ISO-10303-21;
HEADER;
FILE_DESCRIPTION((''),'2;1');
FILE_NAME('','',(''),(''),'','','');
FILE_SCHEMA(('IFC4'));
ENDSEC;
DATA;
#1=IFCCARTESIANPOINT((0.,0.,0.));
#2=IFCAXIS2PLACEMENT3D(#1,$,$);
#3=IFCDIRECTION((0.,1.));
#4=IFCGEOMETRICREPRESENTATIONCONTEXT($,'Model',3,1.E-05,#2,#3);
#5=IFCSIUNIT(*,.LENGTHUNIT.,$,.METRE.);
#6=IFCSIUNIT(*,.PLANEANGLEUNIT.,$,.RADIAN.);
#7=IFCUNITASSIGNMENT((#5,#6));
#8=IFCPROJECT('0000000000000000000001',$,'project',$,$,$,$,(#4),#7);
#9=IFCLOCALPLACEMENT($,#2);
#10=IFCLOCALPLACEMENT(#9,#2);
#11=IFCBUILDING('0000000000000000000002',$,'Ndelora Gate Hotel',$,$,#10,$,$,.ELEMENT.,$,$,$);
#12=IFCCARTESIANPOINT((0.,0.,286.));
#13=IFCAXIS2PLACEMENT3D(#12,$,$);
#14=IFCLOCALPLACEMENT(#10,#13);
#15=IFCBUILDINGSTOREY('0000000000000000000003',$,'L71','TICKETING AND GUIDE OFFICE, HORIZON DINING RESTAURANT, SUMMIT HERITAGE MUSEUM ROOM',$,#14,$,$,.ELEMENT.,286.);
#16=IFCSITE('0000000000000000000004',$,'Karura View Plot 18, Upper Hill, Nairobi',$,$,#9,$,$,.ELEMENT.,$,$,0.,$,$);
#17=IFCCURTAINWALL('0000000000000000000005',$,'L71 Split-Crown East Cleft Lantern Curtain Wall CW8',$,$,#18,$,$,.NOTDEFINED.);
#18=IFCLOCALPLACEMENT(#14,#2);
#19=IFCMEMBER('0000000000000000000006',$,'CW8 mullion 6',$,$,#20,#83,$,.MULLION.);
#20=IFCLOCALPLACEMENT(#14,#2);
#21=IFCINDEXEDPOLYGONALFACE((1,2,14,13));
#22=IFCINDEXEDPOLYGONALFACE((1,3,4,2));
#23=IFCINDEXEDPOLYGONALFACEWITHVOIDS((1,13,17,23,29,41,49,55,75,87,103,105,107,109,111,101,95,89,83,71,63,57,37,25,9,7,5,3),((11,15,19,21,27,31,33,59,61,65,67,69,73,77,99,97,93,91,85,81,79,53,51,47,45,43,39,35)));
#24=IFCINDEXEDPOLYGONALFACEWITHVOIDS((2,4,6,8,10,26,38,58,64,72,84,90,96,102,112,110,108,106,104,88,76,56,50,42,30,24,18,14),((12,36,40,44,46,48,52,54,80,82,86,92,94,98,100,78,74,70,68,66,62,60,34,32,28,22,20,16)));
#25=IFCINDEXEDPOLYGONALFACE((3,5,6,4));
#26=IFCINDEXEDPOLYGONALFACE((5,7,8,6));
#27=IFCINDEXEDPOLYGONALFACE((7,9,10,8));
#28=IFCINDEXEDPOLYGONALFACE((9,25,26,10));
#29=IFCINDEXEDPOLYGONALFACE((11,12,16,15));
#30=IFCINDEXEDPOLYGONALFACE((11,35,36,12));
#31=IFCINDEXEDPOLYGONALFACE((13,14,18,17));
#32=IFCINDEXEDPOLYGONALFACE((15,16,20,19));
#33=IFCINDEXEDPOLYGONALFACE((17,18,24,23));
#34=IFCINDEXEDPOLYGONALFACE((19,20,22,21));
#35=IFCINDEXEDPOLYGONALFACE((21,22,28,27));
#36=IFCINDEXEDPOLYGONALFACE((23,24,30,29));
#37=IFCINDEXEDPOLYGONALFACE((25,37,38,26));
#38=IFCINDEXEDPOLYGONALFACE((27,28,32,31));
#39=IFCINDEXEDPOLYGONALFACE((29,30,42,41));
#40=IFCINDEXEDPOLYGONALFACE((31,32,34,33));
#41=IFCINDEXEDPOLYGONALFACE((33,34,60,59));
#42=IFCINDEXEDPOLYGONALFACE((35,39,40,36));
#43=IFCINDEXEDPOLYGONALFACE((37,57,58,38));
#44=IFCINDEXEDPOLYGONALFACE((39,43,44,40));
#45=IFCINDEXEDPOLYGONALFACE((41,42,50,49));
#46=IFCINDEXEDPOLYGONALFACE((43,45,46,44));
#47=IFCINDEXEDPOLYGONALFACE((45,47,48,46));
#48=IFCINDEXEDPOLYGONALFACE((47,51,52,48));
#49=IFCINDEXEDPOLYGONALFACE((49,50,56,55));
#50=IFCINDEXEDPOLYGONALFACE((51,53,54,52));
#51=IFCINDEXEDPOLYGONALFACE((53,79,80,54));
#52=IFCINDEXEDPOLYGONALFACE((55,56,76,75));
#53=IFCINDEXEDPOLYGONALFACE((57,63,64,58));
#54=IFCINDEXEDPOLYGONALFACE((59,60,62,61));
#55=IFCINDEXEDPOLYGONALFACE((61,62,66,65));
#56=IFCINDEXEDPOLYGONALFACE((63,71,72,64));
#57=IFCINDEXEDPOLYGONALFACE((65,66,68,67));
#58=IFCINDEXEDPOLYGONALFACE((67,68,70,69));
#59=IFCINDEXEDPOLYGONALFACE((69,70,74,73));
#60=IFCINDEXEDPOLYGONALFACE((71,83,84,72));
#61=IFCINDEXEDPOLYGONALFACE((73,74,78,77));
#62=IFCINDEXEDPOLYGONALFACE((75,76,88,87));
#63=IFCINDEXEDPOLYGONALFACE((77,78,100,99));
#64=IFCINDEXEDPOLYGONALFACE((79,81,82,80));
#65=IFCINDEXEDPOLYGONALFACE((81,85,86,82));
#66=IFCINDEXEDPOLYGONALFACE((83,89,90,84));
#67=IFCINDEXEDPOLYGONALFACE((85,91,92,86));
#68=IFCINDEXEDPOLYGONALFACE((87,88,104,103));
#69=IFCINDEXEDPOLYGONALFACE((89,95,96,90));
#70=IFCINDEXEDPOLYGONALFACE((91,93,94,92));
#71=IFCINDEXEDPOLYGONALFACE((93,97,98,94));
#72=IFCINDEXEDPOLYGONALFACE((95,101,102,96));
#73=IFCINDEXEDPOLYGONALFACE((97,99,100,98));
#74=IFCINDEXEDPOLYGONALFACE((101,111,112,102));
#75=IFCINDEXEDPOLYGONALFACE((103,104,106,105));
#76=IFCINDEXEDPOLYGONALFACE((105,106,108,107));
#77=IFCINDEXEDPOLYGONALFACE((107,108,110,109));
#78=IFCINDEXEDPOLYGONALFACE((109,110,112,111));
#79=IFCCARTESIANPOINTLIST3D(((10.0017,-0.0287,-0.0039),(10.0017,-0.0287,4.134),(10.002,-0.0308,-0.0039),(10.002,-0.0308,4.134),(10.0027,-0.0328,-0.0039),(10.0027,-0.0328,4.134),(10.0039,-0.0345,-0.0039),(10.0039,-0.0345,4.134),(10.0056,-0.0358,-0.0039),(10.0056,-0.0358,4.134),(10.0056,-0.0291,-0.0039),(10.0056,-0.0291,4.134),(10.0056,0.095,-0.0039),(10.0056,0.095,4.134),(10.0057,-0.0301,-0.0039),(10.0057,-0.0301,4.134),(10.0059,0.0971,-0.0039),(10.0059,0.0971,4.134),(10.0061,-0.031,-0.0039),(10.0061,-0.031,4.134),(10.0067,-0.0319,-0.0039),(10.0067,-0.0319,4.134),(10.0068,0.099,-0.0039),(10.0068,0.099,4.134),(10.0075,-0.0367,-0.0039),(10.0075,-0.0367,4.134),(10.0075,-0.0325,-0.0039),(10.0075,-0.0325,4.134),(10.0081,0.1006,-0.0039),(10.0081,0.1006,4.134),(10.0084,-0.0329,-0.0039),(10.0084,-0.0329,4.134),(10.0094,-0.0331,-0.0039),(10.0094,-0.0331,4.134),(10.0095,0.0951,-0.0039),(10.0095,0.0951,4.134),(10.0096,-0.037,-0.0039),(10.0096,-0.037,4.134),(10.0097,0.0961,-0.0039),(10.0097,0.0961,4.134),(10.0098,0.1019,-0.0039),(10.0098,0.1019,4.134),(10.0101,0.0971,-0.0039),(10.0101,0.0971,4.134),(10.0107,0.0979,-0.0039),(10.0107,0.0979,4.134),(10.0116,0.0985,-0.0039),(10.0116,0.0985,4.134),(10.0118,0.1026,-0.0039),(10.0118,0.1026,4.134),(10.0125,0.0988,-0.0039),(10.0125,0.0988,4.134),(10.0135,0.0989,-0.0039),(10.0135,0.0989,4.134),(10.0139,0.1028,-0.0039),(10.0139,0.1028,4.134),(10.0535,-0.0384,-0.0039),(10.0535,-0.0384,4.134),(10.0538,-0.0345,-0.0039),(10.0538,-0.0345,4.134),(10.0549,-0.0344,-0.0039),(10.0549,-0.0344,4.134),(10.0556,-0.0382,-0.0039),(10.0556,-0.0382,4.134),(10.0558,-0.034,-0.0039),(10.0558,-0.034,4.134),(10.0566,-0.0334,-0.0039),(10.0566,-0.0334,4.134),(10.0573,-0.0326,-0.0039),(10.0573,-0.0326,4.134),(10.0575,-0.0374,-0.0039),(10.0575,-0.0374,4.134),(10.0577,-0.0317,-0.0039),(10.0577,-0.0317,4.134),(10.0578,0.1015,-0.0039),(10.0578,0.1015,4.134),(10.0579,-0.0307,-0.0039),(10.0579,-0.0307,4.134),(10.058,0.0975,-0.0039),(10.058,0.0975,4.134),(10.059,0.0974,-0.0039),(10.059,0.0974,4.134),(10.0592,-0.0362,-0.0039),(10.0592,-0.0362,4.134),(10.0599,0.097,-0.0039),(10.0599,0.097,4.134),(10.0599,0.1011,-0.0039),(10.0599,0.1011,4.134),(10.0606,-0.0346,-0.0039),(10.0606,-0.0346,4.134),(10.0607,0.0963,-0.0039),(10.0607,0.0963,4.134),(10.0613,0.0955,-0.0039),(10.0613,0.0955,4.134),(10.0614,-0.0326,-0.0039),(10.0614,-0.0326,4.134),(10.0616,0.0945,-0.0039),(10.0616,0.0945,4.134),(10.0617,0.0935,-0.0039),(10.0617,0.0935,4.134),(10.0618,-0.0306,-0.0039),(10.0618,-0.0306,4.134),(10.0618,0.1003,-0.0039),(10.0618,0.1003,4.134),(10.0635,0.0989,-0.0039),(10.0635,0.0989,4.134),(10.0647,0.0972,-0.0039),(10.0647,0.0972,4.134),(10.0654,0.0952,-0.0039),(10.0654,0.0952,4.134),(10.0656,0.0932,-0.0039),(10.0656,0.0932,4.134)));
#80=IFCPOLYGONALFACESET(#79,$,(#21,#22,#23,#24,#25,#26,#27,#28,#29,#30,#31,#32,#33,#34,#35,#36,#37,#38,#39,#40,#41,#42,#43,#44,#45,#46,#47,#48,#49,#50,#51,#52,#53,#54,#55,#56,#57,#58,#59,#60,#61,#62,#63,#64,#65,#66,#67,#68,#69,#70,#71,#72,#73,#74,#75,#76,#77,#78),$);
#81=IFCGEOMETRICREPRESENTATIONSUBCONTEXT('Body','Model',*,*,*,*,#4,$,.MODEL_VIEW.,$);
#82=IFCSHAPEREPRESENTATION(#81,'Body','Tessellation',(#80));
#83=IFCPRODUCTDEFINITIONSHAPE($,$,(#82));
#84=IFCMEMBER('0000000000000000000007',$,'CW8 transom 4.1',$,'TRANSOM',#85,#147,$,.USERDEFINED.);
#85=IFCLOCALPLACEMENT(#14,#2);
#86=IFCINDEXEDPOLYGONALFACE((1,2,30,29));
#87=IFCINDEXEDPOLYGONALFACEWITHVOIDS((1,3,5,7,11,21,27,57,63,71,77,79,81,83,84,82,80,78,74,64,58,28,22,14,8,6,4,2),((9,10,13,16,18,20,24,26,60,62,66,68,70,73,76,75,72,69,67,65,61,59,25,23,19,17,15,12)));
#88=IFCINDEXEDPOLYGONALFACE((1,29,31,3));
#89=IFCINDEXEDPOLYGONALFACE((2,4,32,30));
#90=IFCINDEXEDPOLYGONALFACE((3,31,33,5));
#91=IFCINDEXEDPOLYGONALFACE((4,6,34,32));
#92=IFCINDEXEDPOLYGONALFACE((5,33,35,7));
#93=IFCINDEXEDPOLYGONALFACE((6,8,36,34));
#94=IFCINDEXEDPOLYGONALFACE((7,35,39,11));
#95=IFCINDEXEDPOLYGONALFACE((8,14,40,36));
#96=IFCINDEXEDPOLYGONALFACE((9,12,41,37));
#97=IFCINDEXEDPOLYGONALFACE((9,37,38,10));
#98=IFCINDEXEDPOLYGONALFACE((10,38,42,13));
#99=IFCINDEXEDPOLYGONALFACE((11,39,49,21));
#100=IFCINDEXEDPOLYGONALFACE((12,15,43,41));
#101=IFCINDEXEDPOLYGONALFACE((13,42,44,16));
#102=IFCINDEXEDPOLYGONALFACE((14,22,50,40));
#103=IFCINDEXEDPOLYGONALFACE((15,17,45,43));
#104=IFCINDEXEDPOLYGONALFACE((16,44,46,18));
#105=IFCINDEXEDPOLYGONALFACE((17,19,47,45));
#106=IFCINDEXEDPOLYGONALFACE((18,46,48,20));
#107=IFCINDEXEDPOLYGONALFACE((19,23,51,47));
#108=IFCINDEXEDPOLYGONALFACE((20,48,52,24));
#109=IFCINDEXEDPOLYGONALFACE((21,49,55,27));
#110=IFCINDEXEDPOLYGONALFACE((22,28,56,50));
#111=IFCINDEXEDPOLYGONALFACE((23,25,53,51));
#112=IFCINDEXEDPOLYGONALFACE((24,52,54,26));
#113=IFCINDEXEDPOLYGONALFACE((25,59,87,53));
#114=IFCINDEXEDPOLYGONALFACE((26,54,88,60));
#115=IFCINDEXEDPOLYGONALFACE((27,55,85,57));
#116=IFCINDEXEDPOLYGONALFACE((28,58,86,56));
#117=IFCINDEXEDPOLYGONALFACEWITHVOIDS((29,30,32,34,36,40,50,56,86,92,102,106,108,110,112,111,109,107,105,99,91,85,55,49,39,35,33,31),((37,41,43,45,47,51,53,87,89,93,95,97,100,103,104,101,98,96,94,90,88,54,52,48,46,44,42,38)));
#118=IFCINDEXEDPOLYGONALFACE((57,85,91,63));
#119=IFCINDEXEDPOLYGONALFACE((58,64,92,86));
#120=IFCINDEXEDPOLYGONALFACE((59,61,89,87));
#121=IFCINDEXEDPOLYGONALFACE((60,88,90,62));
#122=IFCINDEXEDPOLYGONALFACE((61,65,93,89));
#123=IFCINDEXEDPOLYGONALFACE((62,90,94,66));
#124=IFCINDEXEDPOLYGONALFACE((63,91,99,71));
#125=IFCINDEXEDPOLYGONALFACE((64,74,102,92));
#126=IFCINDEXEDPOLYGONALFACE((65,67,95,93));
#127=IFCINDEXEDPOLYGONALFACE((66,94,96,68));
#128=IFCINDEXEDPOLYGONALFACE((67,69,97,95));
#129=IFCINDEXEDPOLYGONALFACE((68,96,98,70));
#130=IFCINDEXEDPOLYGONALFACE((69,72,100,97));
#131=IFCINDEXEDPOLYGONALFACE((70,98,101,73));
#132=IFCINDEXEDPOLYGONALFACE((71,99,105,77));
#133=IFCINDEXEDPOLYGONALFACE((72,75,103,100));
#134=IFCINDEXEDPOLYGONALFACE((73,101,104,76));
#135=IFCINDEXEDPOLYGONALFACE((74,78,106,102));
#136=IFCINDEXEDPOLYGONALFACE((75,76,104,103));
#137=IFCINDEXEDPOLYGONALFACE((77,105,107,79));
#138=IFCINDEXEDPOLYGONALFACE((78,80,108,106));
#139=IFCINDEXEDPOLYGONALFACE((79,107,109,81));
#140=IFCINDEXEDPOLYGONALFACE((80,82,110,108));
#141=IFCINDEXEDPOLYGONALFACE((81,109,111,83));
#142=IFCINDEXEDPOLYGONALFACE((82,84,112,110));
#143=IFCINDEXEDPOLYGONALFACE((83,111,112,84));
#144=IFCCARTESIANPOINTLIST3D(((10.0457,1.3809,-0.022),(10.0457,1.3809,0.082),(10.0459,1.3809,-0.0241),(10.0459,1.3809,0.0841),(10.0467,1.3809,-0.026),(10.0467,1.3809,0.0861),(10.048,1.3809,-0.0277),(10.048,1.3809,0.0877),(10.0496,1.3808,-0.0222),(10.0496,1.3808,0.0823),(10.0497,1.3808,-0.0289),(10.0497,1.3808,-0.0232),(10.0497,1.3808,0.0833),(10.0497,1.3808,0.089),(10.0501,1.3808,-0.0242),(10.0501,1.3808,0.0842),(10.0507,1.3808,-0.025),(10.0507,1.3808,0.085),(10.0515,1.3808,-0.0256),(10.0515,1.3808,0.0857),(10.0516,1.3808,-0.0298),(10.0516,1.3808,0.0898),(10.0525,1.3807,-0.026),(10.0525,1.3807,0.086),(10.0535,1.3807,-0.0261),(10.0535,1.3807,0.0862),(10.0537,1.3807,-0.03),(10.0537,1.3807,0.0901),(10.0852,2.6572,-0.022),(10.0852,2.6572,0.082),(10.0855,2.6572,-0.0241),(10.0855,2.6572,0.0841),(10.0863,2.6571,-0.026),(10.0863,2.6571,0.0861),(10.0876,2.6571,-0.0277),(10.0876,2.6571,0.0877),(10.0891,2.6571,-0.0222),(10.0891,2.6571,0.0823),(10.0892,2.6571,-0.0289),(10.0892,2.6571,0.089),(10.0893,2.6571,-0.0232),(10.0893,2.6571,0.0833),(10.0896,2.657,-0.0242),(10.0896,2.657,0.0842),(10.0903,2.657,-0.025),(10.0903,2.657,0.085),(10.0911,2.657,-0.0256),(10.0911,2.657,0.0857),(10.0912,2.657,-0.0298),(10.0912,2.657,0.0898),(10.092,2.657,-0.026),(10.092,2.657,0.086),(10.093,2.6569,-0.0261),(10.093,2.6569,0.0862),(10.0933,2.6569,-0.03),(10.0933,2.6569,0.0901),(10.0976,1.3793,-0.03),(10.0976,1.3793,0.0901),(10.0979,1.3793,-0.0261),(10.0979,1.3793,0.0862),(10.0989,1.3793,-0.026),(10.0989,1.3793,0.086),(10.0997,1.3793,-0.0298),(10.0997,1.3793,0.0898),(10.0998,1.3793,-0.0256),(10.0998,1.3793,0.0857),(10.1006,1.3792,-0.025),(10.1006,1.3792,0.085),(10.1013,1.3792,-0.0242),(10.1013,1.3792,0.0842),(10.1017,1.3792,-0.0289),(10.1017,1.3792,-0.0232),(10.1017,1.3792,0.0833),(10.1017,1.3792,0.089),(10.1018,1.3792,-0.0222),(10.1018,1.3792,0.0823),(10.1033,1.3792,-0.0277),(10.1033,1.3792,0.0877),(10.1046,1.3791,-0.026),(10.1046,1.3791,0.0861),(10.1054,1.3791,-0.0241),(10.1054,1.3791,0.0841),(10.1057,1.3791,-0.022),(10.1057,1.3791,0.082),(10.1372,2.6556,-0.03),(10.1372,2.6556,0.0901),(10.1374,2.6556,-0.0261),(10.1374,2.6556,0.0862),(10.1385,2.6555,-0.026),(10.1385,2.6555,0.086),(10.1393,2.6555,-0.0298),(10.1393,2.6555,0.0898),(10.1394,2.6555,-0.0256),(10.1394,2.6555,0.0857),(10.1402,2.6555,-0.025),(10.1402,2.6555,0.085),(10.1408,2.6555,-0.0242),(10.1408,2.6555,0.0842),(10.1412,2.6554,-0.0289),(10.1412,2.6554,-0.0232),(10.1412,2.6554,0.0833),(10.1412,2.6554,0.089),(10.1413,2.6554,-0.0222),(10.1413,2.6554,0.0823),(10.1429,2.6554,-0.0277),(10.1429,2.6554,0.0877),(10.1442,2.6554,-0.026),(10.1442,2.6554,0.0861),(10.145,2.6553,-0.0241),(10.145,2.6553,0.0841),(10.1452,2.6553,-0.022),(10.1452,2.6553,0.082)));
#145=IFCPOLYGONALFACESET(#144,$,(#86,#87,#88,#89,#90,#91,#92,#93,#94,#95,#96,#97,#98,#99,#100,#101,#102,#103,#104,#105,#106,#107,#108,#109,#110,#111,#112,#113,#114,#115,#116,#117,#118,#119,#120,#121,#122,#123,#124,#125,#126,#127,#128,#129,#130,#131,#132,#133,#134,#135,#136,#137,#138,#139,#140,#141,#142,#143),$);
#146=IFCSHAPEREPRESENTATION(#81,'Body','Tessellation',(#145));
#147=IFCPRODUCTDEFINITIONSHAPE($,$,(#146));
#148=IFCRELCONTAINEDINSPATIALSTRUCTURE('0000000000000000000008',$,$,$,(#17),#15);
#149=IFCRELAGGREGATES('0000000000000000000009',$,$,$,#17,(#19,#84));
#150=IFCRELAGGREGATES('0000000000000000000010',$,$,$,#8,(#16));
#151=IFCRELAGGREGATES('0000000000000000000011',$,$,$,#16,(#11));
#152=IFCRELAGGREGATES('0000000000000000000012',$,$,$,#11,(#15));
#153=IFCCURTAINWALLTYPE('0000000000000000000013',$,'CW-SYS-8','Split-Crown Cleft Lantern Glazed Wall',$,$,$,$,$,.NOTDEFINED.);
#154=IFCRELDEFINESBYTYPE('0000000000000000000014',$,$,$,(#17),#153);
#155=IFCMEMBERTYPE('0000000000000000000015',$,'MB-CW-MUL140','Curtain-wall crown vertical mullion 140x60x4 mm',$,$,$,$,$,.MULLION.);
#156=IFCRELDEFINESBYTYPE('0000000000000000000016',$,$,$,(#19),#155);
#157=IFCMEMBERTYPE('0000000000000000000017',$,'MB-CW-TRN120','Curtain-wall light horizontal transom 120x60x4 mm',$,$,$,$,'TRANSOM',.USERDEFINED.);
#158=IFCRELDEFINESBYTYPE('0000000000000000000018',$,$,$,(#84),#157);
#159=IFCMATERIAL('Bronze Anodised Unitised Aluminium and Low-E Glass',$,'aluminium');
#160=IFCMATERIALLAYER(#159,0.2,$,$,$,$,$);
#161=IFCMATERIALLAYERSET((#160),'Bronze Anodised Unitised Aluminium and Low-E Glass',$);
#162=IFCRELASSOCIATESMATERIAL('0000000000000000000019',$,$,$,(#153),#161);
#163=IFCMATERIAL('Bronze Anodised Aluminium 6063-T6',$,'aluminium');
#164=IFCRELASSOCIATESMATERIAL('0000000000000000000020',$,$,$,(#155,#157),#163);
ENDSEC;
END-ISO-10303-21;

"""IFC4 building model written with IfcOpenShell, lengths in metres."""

from ifc_helpers import new_model, si_unit, direction, frame, origin, origin_2d, place, context, subcontext, project, spatial, hollow_rectangle, extrude, material, layer, layer_set, material_profile, profile_set, type_object, element, aggregate, save


model = new_model("IFC4")

# Units and contexts
model_context = context("Model", 3, precision=1e-05, world=origin(), true_north=direction((0.0, 1.0)))
body_context = subcontext(model_context, "Body", "Model", "MODEL_VIEW")
ifc_project = project(units=[si_unit("LENGTHUNIT", "METRE"), si_unit("PLANEANGLEUNIT", "RADIAN")], contexts=[model_context])

# Site, building, storey
site_placement = place(None, origin())
site = spatial("IfcSite", under=ifc_project, at=site_placement, Name="Karura View Plot 18, Upper Hill, Nairobi", CompositionType="ELEMENT", RefElevation=0.0)
building_placement = place(site_placement, origin())
building = spatial("IfcBuilding", under=site, at=building_placement, Name="Ndelora Gate Hotel", CompositionType="ELEMENT")
storey_placement = place(building_placement, frame((0.0, 0.0, 286.0)))
storey = spatial("IfcBuildingStorey", under=building, at=storey_placement, Name="L71", Description="TICKETING AND GUIDE OFFICE, HORIZON DINING RESTAURANT, SUMMIT HERITAGE MUSEUM ROOM", CompositionType="ELEMENT", Elevation=286.0)

# Curtain wall, members
ifc_material_1 = material(Name="Bronze Anodised Unitised Aluminium and Low-E Glass", Category="aluminium")
ifc_layer_1 = layer(ifc_material_1, 0.2)
ifc_layer_set_1 = layer_set([ifc_layer_1], Name="Bronze Anodised Unitised Aluminium and Low-E Glass")
curtain_wall_type = type_object("IfcCurtainWallType", Name="CW-SYS-8", Description="Split-Crown Cleft Lantern Glazed Wall", PredefinedType="NOTDEFINED", material=ifc_layer_set_1)
curtain_wall_placement = place(storey_placement, origin())
curtain_wall = element("IfcCurtainWall", 1, at=curtain_wall_placement, inside=storey, type_object=curtain_wall_type, Name="L71 Split-Crown East Cleft Lantern Curtain Wall CW8", PredefinedType="NOTDEFINED")
ifc_material_2 = material(Name="Bronze Anodised Aluminium 6063-T6", Category="aluminium")
ifc_material_profile_1 = material_profile(ifc_material_2, hollow_rectangle(XDim=0.0601, YDim=0.1399, WallThickness=0.0039, InnerFilletRadius=0.0039, OuterFilletRadius=0.0081, at=origin_2d()), Name="ALU 140x60x4")
ifc_profile_set_1 = profile_set([ifc_material_profile_1], Name="Bronze Anodised Aluminium 6063-T6")
member_type_1 = type_object("IfcMemberType", Name="MB-CW-MUL140", Description="Curtain-wall crown vertical mullion 140x60x4 mm", PredefinedType="MULLION", material=ifc_profile_set_1)
member_1_placement = place(storey_placement, frame((10.0337, 0.0322, -0.0039), z_axis=(0.0, 0.0, 1.0), x_axis=(0.999515, -0.031131, 0.0)))
member_1 = element("IfcMember", 2, at=member_1_placement, type_object=member_type_1, Name="CW8 mullion 6", PredefinedType="MULLION", context=body_context, shape_type="SweptSolid", body=[
    extrude(hollow_rectangle(XDim=0.0601, YDim=0.1399, WallThickness=0.0039, InnerFilletRadius=0.0039, OuterFilletRadius=0.0081, at=origin_2d()), origin(), (0.0, 0.0, 1.0), 4.1379),
])
ifc_material_profile_2 = material_profile(ifc_material_2, hollow_rectangle(XDim=0.0601, YDim=0.1201, WallThickness=0.0039, InnerFilletRadius=0.0039, OuterFilletRadius=0.0081, at=origin_2d()), Name="ALU 120x60x4")
ifc_profile_set_2 = profile_set([ifc_material_profile_2], Name="Bronze Anodised Aluminium 6063-T6")
member_type_2 = type_object("IfcMemberType", Name="MB-CW-TRN120", Description="Curtain-wall light horizontal transom 120x60x4 mm", ElementType="TRANSOM", PredefinedType="USERDEFINED", material=ifc_profile_set_2)
member_2_placement = place(storey_placement, frame((10.1152, 2.6562, 0.03), z_axis=(-0.030978, -0.99952, 0.0), x_axis=(0.99952, -0.030978, 0.0)))
member_2 = element("IfcMember", 3, at=member_2_placement, type_object=member_type_2, Name="CW8 transom 4.1", ObjectType="TRANSOM", PredefinedType="USERDEFINED", context=body_context, shape_type="SweptSolid", body=[
    extrude(hollow_rectangle(XDim=0.0601, YDim=0.1201, WallThickness=0.0039, InnerFilletRadius=0.0039, OuterFilletRadius=0.0081, at=origin_2d()), origin(), (0.0, 0.0, 1.0), 1.2769),
])
aggregate(curtain_wall, [member_1, member_2])

save(model, "model.ifc")
